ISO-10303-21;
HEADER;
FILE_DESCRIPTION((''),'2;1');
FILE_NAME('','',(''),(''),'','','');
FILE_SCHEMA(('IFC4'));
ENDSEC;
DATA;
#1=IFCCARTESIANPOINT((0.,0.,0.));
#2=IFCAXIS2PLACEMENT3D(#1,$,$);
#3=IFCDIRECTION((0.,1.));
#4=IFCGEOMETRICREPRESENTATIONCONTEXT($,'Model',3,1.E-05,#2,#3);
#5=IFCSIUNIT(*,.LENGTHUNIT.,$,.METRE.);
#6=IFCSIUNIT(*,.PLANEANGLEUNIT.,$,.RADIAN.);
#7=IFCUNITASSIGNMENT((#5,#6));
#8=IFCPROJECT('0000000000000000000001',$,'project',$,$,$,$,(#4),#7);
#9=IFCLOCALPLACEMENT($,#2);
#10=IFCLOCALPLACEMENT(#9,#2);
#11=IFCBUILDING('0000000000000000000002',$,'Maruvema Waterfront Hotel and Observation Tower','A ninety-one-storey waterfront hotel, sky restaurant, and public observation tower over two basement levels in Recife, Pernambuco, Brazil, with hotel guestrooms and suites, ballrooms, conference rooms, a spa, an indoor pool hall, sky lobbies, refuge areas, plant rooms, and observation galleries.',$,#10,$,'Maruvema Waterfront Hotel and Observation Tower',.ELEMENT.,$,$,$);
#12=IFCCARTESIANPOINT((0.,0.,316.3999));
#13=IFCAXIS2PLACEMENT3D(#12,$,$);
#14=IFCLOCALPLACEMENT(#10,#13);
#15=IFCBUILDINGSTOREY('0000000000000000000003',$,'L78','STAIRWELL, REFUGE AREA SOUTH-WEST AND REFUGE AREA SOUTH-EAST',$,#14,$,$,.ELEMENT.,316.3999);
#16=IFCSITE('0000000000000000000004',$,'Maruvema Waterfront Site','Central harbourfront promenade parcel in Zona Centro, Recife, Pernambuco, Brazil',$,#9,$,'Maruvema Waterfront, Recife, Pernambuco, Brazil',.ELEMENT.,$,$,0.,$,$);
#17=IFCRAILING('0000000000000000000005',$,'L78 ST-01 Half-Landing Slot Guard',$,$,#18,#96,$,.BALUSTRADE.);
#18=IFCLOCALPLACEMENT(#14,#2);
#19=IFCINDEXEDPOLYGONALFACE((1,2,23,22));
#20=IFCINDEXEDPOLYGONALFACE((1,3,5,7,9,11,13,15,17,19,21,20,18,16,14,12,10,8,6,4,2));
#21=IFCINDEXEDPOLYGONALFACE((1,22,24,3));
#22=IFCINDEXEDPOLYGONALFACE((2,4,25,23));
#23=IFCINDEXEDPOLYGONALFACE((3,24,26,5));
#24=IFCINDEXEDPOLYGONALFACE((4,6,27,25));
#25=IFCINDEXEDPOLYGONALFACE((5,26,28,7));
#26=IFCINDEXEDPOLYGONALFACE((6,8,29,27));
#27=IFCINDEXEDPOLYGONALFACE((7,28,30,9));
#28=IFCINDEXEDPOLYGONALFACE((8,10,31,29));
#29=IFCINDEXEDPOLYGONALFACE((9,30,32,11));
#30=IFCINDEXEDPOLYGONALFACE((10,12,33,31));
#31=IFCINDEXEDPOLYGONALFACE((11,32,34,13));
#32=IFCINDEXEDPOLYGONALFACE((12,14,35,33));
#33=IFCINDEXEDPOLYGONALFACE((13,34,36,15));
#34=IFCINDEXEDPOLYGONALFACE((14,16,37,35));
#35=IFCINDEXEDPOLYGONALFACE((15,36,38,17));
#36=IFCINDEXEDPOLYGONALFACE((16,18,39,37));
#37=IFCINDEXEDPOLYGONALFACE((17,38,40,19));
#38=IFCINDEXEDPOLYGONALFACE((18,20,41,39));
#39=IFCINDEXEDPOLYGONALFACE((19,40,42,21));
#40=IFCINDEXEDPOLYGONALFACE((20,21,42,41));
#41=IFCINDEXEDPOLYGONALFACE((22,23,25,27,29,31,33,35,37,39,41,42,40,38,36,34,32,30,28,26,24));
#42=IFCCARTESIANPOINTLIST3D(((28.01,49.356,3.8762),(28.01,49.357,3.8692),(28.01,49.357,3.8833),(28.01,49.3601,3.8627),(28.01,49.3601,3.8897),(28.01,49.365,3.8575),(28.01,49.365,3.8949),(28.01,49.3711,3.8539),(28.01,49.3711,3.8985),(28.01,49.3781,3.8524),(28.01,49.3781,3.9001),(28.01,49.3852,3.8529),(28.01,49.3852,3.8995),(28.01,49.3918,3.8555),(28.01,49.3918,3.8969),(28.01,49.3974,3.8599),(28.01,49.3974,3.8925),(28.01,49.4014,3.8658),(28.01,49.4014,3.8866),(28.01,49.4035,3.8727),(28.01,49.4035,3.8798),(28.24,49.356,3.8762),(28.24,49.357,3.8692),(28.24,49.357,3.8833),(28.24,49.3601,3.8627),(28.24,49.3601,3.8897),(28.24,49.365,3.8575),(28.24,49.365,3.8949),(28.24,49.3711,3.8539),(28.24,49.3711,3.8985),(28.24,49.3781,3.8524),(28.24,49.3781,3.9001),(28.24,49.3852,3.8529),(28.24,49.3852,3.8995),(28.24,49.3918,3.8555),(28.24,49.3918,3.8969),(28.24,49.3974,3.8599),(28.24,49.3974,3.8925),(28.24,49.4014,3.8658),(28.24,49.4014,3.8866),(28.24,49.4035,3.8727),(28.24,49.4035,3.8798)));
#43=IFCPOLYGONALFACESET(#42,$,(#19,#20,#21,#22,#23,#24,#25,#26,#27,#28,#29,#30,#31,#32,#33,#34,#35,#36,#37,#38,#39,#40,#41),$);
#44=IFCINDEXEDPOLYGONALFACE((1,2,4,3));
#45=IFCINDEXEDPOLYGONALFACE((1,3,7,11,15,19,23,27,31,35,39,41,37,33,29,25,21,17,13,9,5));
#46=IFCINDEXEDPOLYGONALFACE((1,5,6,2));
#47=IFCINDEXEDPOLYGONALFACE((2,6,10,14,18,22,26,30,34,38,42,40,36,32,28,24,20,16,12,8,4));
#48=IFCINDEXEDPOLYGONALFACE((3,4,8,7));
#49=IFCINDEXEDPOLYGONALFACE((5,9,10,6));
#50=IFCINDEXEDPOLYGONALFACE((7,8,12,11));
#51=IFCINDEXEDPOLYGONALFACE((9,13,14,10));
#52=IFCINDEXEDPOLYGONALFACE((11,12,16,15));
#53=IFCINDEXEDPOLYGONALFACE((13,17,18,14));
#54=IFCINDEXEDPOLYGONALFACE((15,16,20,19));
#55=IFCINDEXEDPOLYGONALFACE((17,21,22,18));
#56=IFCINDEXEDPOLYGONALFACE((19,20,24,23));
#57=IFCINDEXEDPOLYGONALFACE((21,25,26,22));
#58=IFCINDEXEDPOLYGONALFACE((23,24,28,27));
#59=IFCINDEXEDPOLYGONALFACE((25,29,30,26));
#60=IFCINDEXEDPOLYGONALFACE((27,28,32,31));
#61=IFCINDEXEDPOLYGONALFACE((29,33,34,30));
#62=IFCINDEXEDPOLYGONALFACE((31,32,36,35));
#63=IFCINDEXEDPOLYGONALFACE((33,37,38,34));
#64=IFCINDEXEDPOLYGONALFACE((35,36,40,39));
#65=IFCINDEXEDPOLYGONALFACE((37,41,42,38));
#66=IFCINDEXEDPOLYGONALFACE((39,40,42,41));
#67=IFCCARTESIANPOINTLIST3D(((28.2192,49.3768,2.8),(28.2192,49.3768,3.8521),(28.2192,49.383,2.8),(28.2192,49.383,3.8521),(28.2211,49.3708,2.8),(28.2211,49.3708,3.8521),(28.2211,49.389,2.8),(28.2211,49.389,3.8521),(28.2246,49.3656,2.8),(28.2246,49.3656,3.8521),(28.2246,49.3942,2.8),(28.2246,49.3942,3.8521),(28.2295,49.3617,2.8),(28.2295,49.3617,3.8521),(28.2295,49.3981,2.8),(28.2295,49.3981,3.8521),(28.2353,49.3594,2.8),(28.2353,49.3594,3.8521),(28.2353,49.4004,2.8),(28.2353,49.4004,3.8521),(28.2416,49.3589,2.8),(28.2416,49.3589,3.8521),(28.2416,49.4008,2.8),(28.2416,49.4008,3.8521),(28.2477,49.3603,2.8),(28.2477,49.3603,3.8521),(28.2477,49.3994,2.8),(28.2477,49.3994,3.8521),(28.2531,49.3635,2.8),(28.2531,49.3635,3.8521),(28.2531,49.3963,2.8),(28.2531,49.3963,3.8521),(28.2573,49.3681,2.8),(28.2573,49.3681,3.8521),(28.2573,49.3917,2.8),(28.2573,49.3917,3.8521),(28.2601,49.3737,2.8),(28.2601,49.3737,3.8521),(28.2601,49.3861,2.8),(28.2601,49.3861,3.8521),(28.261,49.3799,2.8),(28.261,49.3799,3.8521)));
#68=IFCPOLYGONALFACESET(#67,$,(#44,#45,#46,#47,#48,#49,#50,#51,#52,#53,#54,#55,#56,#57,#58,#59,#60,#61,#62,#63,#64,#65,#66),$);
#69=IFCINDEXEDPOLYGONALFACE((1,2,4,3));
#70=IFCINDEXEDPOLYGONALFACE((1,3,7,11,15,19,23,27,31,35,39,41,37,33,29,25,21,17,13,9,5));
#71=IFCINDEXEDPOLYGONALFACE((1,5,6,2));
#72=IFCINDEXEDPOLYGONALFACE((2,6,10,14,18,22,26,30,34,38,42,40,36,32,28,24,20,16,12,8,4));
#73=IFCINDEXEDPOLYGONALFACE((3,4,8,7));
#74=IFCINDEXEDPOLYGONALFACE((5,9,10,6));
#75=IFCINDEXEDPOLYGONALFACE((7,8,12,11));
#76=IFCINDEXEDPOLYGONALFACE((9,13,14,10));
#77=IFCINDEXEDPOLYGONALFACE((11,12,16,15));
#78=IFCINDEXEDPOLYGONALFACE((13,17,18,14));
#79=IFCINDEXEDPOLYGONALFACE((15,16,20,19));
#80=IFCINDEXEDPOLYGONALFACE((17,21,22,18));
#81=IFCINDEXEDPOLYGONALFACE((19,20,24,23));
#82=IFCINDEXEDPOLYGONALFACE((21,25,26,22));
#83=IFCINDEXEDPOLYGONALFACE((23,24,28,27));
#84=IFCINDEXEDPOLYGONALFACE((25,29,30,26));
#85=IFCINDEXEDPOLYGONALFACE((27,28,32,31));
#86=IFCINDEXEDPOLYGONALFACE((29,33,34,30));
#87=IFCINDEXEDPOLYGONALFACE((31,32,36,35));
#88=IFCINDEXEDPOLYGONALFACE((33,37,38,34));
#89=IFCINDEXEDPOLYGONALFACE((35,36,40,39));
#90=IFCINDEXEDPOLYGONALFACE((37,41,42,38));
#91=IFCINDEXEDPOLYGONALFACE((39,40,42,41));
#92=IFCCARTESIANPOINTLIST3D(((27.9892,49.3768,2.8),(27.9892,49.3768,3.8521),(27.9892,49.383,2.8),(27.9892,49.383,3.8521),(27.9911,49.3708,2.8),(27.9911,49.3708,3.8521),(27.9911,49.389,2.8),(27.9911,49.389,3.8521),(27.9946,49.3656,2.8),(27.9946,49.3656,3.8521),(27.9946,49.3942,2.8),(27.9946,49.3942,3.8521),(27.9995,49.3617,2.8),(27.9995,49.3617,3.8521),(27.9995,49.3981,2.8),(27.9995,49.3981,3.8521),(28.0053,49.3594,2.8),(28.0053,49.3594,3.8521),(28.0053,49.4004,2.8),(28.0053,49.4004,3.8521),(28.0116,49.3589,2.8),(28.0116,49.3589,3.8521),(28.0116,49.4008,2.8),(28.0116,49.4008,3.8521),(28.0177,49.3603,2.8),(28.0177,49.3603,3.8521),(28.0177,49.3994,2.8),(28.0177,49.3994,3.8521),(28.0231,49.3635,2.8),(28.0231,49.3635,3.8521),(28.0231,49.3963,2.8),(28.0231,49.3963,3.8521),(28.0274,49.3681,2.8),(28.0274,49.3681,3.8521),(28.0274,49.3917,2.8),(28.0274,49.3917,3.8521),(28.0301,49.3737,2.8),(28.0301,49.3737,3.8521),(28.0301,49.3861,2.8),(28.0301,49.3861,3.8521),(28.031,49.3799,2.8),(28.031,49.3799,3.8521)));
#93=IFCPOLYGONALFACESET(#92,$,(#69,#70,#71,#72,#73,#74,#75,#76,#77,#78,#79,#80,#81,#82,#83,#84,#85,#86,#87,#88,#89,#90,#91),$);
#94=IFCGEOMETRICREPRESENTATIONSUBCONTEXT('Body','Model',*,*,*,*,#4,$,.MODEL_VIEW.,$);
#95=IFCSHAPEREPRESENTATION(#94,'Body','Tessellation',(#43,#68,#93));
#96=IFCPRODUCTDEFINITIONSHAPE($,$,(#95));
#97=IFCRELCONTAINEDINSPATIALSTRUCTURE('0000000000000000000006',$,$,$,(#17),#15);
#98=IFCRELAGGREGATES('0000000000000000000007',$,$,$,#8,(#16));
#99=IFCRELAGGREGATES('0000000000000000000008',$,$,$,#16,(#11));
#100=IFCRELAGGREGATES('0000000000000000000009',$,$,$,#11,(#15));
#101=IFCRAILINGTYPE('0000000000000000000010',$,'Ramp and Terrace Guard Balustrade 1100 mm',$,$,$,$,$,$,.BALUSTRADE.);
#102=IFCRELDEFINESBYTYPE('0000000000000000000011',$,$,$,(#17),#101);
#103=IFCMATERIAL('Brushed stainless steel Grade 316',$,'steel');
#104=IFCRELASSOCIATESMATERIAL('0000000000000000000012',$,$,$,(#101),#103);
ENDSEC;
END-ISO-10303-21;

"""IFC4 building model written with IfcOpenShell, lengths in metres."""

from ifc_helpers import new_model, si_unit, direction, frame, origin, origin_2d, place, context, subcontext, project, spatial, circle, extrude, material, type_object, element, save


model = new_model("IFC4")

# Units and contexts
model_context = context("Model", 3, precision=1e-05, world=origin(), true_north=direction((0.0, 1.0)))
body_context = subcontext(model_context, "Body", "Model", "MODEL_VIEW")
ifc_project = project(units=[si_unit("LENGTHUNIT", "METRE"), si_unit("PLANEANGLEUNIT", "RADIAN")], contexts=[model_context])

# Site, building, storey
site_placement = place(None, origin())
site = spatial("IfcSite", under=ifc_project, at=site_placement, Name="Maruvema Waterfront Site", Description="Central harbourfront promenade parcel in Zona Centro, Recife, Pernambuco, Brazil", LongName="Maruvema Waterfront, Recife, Pernambuco, Brazil", CompositionType="ELEMENT", RefElevation=0.0)
building_placement = place(site_placement, origin())
building = spatial("IfcBuilding", under=site, at=building_placement, Name="Maruvema Waterfront Hotel and Observation Tower", Description="A ninety-one-storey waterfront hotel, sky restaurant, and public observation tower over two basement levels in Recife, Pernambuco, Brazil, with hotel guestrooms and suites, ballrooms, conference rooms, a spa, an indoor pool hall, sky lobbies, refuge areas, plant rooms, and observation galleries.", LongName="Maruvema Waterfront Hotel and Observation Tower", CompositionType="ELEMENT")
storey_placement = place(building_placement, frame((0.0, 0.0, 316.3999)))
storey = spatial("IfcBuildingStorey", under=building, at=storey_placement, Name="L78", Description="STAIRWELL, REFUGE AREA SOUTH-WEST AND REFUGE AREA SOUTH-EAST", CompositionType="ELEMENT", Elevation=316.3999)

# Railing
ifc_material_1 = material(Name="Brushed stainless steel Grade 316", Category="steel")
railing_type_1 = type_object("IfcRailingType", Name="Ramp and Terrace Guard Balustrade 1100 mm", PredefinedType="BALUSTRADE", material=ifc_material_1)
railing_1_placement = place(storey_placement, frame((28.24, 49.3799, 2.8)))
element("IfcRailing", 1, at=railing_1_placement, inside=storey, type_object=railing_type_1, Name="L78 ST-01 Half-Landing Slot Guard", PredefinedType="BALUSTRADE", context=body_context, shape_type="SweptSolid", body=[
    extrude(circle(Radius=0.0239, at=origin_2d()), frame((0.0, 0.0, 1.0762), z_axis=(-1.0, 0.0, 0.0), x_axis=(0.0, -1.0, 0.0)), (0.0, 0.0, 1.0), 0.23),
    extrude(circle(Radius=0.021, at=origin_2d()), origin(), (0.0, 0.0, 1.0), 1.052),
    extrude(circle(Radius=0.021, at=origin_2d()), frame((-0.23, 0.0, 0.0)), (0.0, 0.0, 1.0), 1.052),
])

save(model, "model.ifc")
